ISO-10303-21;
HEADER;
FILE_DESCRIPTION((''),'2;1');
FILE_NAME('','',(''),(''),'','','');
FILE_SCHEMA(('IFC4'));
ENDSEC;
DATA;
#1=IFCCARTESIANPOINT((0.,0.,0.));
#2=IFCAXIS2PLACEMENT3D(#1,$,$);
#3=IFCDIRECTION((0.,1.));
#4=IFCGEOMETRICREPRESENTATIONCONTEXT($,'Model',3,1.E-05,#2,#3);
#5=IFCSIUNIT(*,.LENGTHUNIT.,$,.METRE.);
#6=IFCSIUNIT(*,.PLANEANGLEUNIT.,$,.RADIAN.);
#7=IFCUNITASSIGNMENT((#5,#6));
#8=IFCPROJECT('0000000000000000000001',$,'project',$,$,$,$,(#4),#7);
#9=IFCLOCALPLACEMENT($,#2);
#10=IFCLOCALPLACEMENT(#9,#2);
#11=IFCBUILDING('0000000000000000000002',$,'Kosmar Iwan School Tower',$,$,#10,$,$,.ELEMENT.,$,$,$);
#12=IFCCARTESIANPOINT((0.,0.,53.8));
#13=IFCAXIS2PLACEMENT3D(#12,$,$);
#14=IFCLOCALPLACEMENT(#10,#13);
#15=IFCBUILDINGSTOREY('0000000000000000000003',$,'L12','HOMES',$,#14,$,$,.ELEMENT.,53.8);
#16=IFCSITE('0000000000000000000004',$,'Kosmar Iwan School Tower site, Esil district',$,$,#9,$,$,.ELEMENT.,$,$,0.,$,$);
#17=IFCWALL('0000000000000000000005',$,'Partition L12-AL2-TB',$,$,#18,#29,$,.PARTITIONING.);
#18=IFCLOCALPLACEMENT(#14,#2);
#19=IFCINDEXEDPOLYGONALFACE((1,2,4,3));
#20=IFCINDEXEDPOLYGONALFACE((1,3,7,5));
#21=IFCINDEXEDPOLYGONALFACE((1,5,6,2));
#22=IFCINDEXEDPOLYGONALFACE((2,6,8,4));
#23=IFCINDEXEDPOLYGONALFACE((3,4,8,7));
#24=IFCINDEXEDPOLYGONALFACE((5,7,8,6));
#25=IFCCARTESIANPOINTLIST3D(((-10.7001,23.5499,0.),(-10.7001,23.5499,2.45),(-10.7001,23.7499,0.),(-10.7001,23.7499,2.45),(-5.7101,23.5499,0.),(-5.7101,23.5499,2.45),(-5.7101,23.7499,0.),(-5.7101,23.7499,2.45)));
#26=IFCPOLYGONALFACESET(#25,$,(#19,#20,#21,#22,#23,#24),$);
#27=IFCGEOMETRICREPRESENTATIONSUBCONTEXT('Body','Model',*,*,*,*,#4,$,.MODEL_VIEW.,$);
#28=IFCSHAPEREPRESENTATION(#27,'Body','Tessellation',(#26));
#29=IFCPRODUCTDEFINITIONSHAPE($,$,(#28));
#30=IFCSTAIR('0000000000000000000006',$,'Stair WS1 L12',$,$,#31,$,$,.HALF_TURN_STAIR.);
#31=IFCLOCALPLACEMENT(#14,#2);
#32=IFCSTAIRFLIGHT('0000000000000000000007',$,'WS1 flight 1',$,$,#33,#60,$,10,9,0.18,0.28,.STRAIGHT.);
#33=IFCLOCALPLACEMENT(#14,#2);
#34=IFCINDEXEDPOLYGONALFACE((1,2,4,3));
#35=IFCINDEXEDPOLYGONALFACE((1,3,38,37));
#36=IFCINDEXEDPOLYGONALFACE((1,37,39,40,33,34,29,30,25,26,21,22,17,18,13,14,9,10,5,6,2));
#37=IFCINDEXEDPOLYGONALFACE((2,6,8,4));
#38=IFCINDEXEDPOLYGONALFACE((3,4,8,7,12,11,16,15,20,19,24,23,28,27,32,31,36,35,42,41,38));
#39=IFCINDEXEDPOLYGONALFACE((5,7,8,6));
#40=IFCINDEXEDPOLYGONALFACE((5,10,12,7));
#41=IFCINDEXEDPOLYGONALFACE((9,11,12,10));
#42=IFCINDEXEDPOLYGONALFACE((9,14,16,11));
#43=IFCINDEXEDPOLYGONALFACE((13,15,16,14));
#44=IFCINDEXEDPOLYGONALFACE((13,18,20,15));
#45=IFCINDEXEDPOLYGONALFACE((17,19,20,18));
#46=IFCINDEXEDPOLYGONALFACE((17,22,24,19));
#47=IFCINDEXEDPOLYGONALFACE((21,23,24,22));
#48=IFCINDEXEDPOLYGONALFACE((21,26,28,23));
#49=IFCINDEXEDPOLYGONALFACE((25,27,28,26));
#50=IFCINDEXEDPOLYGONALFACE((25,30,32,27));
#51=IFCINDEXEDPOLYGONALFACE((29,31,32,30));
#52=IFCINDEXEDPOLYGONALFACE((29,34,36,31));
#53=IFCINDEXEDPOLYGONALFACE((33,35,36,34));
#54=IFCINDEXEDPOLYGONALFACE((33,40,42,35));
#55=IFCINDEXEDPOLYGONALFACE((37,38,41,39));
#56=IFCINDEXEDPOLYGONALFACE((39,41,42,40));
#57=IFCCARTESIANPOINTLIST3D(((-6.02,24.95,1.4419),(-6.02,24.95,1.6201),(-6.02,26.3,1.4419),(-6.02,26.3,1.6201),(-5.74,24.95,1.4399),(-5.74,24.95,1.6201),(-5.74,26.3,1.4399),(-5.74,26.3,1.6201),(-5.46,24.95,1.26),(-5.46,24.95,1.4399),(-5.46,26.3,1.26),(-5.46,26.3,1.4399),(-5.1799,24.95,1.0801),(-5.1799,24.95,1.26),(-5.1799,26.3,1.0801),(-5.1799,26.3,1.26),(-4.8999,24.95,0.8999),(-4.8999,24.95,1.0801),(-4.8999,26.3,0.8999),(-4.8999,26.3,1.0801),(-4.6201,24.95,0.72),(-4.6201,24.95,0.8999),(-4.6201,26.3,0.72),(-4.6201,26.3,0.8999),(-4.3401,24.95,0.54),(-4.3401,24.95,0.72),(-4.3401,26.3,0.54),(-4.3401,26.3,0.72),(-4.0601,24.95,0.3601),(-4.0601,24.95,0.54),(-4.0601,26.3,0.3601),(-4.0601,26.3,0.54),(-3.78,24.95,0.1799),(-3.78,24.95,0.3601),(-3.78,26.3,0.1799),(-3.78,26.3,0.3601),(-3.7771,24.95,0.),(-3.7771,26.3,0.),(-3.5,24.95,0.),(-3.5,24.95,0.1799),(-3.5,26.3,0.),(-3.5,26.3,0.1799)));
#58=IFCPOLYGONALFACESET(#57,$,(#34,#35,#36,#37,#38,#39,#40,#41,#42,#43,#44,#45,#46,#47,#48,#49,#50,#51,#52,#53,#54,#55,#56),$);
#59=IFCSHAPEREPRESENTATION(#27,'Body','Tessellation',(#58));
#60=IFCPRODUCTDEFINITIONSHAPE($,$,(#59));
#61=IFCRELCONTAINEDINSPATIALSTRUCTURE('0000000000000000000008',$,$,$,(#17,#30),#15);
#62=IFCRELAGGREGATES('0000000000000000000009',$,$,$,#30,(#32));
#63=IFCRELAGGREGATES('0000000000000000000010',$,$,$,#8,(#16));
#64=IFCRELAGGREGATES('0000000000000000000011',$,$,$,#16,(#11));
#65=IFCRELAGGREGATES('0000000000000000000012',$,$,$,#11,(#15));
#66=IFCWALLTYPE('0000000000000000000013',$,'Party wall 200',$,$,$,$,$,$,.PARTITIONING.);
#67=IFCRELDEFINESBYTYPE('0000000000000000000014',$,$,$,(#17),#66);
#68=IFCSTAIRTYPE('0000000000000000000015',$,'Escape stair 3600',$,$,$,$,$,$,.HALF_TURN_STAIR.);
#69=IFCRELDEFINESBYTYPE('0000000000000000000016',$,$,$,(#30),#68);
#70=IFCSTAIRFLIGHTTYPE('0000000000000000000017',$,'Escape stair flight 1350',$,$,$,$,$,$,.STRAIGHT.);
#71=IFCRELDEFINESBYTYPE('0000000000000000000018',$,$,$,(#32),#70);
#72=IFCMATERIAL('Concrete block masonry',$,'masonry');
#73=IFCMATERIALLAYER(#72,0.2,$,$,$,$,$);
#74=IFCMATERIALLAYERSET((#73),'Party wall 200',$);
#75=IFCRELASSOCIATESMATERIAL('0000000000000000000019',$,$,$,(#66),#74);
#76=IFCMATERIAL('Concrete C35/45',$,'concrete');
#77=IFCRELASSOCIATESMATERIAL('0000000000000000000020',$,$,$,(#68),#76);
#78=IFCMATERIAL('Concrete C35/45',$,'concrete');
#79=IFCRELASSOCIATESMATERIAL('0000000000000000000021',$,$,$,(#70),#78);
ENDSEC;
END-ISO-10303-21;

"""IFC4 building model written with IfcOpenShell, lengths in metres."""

from ifc_helpers import new_model, si_unit, direction, frame, frame_2d, origin, place, context, subcontext, project, spatial, polyline, rectangle, outline, extrude, material, layer, layer_set, type_object, element, aggregate, save


model = new_model("IFC4")

# Units and contexts
model_context = context("Model", 3, precision=1e-05, world=origin(), true_north=direction((0.0, 1.0)))
body_context = subcontext(model_context, "Body", "Model", "MODEL_VIEW")
ifc_project = project(units=[si_unit("LENGTHUNIT", "METRE"), si_unit("PLANEANGLEUNIT", "RADIAN")], contexts=[model_context])

# Site, building, storey
site_placement = place(None, origin())
site = spatial("IfcSite", under=ifc_project, at=site_placement, Name="Kosmar Iwan School Tower site, Esil district", CompositionType="ELEMENT", RefElevation=0.0)
building_placement = place(site_placement, origin())
building = spatial("IfcBuilding", under=site, at=building_placement, Name="Kosmar Iwan School Tower", CompositionType="ELEMENT")
storey_placement = place(building_placement, frame((0.0, 0.0, 53.8)))
storey = spatial("IfcBuildingStorey", under=building, at=storey_placement, Name="L12", Description="HOMES", CompositionType="ELEMENT", Elevation=53.8)

# Wall
ifc_material_1 = material(Name="Concrete block masonry", Category="masonry")
ifc_layer_1 = layer(ifc_material_1, 0.2)
ifc_layer_set_1 = layer_set([ifc_layer_1], Name="Party wall 200")
wall_type_1 = type_object("IfcWallType", Name="Party wall 200", PredefinedType="PARTITIONING", material=ifc_layer_set_1)
wall_1_placement = place(storey_placement, frame((-5.71, 23.6499, 0.0), z_axis=(0.0, 0.0, 1.0), x_axis=(-1.0, 0.0, 0.0)))
element("IfcWall", 1, at=wall_1_placement, inside=storey, type_object=wall_type_1, Name="Partition L12-AL2-TB", PredefinedType="PARTITIONING", context=body_context, shape_type="SweptSolid", body=[
    extrude(rectangle(XDim=4.99, YDim=0.2, at=frame_2d((2.4951, 0.0))), origin(), (0.0, 0.0, 1.0), 2.45),
])

# Stair, stair flight
ifc_material_2 = material(Name="Concrete C35/45", Category="concrete")
stair_type = type_object("IfcStairType", Name="Escape stair 3600", PredefinedType="HALF_TURN_STAIR", material=ifc_material_2)
stair_placement = place(storey_placement, origin())
stair = element("IfcStair", 2, at=stair_placement, inside=storey, type_object=stair_type, Name="Stair WS1 L12", PredefinedType="HALF_TURN_STAIR")
ifc_material_3 = material(Name="Concrete C35/45", Category="concrete")
stair_flight_type = type_object("IfcStairFlightType", Name="Escape stair flight 1350", PredefinedType="STRAIGHT", material=ifc_material_3)
stair_flight_placement = place(storey_placement, frame((-3.5, 25.625, 0.0), z_axis=(0.0, 0.0, 1.0), x_axis=(-1.0, 0.0, 0.0)))
stair_flight = element("IfcStairFlight", 3, at=stair_flight_placement, type_object=stair_flight_type, Name="WS1 flight 1", NumberOfRisers=10, NumberOfTreads=9, PredefinedType="STRAIGHT", RiserHeight=0.18, TreadLength=0.28, context=body_context, shape_type="SweptSolid", body=[
    extrude(outline(polyline([(0.0, 0.0), (0.0, 0.1799), (0.28, 0.1799), (0.28, 0.3601), (0.5601, 0.3601), (0.5601, 0.54), (0.8401, 0.54), (0.8401, 0.72), (1.1201, 0.72), (1.1201, 0.8999), (1.3999, 0.8999), (1.3999, 1.0801), (1.6799, 1.0801), (1.6799, 1.26), (1.96, 1.26), (1.96, 1.4399), (2.24, 1.4399), (2.24, 1.6201), (2.52, 1.6201), (2.52, 1.8), (2.52, 1.4419), (0.2771, 0.0), (0.0, 0.0)])), frame((0.0, 0.675, 0.0), z_axis=(0.0, -1.0, 0.0), x_axis=(1.0, 0.0, 0.0)), (0.0, 0.0, 1.0), 1.3501),
])
aggregate(stair, [stair_flight])

save(model, "model.ifc")
